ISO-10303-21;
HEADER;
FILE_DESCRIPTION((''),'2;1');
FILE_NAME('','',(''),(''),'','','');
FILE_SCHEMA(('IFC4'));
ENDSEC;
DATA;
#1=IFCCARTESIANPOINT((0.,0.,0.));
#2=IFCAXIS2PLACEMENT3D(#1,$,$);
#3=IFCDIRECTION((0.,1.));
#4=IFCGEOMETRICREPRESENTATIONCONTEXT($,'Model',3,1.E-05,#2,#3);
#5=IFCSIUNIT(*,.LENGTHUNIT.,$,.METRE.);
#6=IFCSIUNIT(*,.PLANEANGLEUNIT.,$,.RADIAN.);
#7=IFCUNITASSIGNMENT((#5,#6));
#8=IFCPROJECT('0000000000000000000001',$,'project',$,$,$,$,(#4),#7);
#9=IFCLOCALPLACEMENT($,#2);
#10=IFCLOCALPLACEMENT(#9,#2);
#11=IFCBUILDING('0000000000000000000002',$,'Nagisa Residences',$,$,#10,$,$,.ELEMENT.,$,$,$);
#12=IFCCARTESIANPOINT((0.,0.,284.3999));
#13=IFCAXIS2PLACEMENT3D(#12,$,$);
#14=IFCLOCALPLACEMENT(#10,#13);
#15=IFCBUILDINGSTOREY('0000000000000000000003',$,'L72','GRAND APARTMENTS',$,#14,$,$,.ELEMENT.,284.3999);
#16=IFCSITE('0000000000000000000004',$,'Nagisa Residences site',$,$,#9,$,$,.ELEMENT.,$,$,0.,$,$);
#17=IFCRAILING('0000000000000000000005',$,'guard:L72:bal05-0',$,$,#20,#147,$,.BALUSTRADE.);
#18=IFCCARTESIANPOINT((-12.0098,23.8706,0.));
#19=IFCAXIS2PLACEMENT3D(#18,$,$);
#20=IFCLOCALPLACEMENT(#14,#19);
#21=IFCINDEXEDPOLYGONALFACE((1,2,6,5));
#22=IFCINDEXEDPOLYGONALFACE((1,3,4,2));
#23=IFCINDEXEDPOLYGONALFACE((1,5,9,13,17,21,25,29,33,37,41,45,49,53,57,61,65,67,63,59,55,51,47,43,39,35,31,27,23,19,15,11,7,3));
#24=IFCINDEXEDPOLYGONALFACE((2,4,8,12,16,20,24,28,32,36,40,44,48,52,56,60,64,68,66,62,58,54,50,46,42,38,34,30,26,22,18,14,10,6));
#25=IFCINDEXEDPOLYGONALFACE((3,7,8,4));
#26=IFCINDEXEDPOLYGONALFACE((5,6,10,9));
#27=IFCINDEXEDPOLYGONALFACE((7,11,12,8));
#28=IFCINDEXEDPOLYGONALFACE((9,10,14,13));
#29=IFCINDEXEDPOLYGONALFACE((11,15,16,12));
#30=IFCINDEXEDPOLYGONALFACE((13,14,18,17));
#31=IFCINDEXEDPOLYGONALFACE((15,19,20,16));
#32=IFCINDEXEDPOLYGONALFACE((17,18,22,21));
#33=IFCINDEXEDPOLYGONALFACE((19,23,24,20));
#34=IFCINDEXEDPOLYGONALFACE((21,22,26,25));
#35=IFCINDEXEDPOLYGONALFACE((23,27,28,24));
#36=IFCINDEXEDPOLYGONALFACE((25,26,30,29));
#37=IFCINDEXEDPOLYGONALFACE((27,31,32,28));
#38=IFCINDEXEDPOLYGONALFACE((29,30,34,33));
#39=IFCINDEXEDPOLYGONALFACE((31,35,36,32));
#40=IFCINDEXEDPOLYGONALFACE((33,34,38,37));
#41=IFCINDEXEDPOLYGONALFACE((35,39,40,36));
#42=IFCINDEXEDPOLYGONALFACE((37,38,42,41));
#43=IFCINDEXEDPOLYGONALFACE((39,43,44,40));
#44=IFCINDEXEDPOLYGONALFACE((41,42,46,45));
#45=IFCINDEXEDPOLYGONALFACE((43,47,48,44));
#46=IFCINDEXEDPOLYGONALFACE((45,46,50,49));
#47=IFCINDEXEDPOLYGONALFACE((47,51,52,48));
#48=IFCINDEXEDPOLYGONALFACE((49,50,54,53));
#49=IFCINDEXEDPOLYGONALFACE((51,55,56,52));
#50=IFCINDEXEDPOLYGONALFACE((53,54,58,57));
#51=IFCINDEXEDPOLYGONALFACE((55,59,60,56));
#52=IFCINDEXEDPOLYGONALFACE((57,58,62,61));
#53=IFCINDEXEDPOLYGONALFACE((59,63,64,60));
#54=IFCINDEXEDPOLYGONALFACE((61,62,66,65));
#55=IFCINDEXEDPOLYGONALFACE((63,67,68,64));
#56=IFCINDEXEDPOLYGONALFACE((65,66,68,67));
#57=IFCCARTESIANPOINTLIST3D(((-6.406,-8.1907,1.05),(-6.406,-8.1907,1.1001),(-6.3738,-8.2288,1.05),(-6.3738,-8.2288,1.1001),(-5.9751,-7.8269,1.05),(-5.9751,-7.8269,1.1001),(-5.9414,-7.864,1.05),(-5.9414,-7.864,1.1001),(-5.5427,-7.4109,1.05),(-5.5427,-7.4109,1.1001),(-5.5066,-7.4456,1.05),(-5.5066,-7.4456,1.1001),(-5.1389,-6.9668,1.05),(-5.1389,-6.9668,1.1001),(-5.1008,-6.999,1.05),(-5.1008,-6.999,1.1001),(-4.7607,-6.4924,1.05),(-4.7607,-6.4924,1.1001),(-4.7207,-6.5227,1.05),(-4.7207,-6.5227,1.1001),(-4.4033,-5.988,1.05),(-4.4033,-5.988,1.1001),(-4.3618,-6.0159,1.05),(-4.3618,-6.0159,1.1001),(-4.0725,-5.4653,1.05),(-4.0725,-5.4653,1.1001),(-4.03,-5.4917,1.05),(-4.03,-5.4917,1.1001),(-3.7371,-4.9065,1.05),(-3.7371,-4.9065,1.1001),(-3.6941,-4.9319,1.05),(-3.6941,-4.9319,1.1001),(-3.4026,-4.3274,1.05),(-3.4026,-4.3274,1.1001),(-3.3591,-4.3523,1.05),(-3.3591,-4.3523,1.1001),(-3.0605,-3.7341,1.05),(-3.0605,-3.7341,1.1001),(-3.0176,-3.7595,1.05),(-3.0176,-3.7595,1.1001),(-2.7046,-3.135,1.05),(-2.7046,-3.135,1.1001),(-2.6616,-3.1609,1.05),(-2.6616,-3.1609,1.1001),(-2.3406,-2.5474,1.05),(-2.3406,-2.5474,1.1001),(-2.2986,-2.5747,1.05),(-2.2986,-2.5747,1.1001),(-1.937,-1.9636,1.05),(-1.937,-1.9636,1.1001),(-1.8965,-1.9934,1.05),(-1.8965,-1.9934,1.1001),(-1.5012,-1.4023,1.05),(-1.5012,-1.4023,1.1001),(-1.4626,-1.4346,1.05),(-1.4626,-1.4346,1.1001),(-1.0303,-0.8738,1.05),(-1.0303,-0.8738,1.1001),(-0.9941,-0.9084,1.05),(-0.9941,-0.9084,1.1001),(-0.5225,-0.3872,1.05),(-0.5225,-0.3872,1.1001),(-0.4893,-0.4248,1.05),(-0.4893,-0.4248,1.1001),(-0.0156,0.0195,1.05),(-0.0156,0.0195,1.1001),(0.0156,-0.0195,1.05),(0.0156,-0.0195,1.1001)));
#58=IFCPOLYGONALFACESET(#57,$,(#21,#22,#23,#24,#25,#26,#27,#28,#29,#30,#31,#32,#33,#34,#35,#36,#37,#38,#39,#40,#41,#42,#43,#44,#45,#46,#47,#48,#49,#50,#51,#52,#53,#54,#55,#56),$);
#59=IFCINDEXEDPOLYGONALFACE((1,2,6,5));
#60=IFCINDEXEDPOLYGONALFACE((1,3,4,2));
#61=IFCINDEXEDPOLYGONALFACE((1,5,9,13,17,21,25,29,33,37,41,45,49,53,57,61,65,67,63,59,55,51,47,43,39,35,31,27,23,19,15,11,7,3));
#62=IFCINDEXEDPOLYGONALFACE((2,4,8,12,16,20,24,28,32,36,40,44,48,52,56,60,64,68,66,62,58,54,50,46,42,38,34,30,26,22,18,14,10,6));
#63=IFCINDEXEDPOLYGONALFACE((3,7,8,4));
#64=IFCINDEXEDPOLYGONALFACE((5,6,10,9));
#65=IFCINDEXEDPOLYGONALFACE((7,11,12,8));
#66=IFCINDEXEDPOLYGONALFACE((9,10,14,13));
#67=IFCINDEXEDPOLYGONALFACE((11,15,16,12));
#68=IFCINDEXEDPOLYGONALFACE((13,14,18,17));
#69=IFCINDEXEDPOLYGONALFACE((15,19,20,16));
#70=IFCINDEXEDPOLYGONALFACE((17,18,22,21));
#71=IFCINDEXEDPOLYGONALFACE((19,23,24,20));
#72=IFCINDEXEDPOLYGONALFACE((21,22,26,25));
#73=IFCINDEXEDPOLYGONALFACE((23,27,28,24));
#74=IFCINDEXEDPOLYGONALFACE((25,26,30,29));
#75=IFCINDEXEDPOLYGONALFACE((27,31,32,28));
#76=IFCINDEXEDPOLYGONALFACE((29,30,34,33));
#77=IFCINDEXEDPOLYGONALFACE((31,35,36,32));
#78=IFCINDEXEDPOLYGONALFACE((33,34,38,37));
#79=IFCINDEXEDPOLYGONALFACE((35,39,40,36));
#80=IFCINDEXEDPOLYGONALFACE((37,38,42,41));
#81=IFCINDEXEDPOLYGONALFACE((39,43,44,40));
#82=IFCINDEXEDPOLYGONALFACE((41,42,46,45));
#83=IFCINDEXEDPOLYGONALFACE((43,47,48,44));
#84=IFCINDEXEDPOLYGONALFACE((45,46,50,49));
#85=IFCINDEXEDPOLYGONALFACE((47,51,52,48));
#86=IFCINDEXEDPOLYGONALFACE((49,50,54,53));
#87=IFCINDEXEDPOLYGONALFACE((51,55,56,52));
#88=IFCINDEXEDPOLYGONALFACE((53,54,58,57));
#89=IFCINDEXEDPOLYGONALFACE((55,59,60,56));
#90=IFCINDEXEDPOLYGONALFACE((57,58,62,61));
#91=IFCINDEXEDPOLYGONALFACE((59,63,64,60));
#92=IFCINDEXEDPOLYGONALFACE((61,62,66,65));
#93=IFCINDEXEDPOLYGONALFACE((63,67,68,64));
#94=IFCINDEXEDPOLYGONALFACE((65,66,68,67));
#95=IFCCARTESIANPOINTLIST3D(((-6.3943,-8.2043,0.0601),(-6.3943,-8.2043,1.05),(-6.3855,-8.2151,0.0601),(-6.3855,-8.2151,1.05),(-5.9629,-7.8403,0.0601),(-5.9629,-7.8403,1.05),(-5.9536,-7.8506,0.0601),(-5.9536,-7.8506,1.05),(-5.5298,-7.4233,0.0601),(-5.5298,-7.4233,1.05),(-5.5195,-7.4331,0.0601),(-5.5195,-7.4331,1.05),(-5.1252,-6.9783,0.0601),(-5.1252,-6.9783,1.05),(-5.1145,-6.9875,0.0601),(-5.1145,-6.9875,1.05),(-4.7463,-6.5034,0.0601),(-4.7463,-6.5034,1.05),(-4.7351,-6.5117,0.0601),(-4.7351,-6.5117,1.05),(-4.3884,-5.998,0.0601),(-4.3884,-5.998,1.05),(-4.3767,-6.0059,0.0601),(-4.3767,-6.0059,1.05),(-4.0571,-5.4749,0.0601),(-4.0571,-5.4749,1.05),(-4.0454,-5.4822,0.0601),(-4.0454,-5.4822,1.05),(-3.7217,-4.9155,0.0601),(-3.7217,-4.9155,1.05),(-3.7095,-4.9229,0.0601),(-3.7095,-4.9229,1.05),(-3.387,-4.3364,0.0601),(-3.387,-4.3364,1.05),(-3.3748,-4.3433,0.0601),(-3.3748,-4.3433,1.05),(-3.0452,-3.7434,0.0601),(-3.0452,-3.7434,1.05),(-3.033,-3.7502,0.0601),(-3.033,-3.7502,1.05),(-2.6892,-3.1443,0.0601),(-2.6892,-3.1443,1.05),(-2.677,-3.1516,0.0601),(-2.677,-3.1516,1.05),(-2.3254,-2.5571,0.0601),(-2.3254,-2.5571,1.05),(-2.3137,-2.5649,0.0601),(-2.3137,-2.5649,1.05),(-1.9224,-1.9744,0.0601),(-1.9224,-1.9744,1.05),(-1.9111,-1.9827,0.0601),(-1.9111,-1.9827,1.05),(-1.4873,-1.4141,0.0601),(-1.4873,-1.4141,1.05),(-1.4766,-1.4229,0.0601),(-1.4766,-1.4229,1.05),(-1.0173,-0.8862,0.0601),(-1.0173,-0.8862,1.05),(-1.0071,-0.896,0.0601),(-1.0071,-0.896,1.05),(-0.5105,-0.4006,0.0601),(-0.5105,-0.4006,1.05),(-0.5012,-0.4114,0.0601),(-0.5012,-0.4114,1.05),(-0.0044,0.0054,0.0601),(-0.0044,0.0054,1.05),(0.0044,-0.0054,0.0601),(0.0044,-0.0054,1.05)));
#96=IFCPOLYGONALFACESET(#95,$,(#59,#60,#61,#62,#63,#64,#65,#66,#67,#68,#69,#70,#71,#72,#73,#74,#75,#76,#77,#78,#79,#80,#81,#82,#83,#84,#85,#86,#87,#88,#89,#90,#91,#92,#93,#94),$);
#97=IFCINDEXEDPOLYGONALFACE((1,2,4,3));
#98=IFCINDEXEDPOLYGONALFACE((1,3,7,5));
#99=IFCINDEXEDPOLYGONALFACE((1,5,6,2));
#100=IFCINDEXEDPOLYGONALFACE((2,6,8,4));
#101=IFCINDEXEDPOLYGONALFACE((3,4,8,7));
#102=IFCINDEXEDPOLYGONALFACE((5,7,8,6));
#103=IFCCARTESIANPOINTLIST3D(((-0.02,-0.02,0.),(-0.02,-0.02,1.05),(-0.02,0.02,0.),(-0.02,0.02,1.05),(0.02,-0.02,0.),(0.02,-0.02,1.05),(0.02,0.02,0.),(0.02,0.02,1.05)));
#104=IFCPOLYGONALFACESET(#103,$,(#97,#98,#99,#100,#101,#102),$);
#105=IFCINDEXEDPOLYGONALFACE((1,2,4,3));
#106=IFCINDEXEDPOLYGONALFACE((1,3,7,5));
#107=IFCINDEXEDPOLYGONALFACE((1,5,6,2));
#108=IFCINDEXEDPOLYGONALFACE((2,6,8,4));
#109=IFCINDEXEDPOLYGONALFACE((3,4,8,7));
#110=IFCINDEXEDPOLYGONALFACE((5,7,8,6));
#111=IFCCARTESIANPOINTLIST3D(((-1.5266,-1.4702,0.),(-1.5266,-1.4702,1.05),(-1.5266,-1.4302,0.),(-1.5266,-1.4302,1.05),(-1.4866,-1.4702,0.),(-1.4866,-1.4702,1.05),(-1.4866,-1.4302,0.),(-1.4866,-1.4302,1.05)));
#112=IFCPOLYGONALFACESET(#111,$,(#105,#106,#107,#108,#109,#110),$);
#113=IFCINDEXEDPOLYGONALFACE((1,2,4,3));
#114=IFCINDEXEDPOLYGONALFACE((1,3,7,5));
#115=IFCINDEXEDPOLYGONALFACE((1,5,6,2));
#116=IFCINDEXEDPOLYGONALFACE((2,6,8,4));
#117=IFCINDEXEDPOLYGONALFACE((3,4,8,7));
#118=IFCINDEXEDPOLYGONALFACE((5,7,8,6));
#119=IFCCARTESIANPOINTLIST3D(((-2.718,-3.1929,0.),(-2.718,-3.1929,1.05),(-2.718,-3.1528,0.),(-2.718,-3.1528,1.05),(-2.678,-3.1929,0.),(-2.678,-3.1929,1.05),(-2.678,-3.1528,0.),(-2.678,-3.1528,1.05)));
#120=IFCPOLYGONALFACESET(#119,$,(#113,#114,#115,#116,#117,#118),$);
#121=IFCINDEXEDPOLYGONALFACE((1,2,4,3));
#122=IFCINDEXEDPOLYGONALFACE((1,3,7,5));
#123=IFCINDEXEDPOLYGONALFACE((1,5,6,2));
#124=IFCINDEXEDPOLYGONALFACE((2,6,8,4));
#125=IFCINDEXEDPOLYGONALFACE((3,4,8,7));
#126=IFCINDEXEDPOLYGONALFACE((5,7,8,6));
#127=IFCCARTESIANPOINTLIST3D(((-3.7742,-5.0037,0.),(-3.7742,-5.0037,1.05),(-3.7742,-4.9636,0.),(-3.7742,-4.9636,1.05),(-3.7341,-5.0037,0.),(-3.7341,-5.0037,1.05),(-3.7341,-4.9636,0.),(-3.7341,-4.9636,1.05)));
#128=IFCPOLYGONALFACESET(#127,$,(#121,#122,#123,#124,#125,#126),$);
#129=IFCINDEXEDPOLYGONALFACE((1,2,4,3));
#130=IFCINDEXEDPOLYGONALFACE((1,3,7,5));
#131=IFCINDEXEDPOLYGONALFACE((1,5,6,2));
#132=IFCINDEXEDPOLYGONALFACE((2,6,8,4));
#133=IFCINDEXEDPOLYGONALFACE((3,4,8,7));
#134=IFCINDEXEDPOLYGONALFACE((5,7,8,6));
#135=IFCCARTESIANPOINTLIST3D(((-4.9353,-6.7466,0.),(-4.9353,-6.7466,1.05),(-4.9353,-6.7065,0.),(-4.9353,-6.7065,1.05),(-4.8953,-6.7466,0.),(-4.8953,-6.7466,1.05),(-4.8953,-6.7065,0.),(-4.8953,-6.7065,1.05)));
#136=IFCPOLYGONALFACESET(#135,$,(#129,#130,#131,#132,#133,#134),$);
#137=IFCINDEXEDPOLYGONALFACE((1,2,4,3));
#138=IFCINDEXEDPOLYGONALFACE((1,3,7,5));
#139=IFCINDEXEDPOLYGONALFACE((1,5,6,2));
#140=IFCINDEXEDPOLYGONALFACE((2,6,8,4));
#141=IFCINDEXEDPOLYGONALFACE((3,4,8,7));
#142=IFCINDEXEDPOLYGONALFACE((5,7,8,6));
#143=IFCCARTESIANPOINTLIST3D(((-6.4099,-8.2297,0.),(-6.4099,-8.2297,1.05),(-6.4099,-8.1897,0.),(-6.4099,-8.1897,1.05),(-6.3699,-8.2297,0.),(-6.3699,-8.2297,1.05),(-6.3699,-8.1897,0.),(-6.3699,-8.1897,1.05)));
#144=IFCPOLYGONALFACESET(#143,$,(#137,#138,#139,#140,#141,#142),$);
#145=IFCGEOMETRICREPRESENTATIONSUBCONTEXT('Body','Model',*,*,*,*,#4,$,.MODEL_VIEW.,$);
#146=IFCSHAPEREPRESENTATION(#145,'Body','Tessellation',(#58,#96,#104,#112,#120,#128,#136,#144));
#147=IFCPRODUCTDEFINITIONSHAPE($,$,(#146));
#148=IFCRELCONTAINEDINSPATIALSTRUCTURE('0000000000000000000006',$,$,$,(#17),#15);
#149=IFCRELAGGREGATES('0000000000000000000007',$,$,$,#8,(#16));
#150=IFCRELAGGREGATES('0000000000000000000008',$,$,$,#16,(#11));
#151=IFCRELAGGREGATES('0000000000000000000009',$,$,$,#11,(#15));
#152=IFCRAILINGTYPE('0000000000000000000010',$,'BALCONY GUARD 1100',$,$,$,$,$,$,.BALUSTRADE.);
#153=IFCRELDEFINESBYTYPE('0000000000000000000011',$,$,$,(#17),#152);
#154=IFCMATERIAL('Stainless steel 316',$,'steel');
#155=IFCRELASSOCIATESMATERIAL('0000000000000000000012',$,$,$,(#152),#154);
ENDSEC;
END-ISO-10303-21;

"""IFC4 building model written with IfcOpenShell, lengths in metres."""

from ifc_helpers import new_model, si_unit, direction, frame, origin, origin_2d, place, context, subcontext, project, spatial, polyline, rectangle, outline, extrude, material, type_object, element, save


model = new_model("IFC4")

# Units and contexts
model_context = context("Model", 3, precision=1e-05, world=origin(), true_north=direction((0.0, 1.0)))
body_context = subcontext(model_context, "Body", "Model", "MODEL_VIEW")
ifc_project = project(units=[si_unit("LENGTHUNIT", "METRE"), si_unit("PLANEANGLEUNIT", "RADIAN")], contexts=[model_context])

# Site, building, storey
site_placement = place(None, origin())
site = spatial("IfcSite", under=ifc_project, at=site_placement, Name="Nagisa Residences site", CompositionType="ELEMENT", RefElevation=0.0)
building_placement = place(site_placement, origin())
building = spatial("IfcBuilding", under=site, at=building_placement, Name="Nagisa Residences", CompositionType="ELEMENT")
storey_placement = place(building_placement, frame((0.0, 0.0, 284.3999)))
storey = spatial("IfcBuildingStorey", under=building, at=storey_placement, Name="L72", Description="GRAND APARTMENTS", CompositionType="ELEMENT", Elevation=284.3999)

# Railing
ifc_material_1 = material(Name="Stainless steel 316", Category="steel")
railing_type = type_object("IfcRailingType", Name="BALCONY GUARD 1100", PredefinedType="BALUSTRADE", material=ifc_material_1)
railing_1_placement = place(storey_placement, frame((-12.0098, 23.8706, 0.0)))
element("IfcRailing", 1, at=railing_1_placement, inside=storey, type_object=railing_type, Name="guard:L72:bal05-0", PredefinedType="BALUSTRADE", context=body_context, shape_type="SweptSolid", body=[
    extrude(outline(polyline([(-0.4893, -0.4248), (0.0156, -0.0195), (-0.0156, 0.0195), (-0.5225, -0.3872), (-1.0303, -0.8738), (-1.5012, -1.4023), (-1.937, -1.9636), (-2.3406, -2.5474), (-2.7046, -3.135), (-3.0605, -3.7341), (-3.4026, -4.3274), (-3.7371, -4.9065), (-4.0725, -5.4653), (-4.4033, -5.988), (-4.7607, -6.4924), (-5.1389, -6.9668), (-5.5427, -7.4109), (-5.9751, -7.8269), (-6.406, -8.1907), (-6.3738, -8.2288), (-5.9414, -7.864), (-5.5066, -7.4456), (-5.1008, -6.999), (-4.7207, -6.5227), (-4.3618, -6.0159), (-4.03, -5.4917), (-3.6941, -4.9319), (-3.3591, -4.3523), (-3.0176, -3.7595), (-2.6616, -3.1609), (-2.2986, -2.5747), (-1.8965, -1.9934), (-1.4626, -1.4346), (-0.9941, -0.9084), (-0.4893, -0.4248)])), frame((0.0, 0.0, 1.05)), (0.0, 0.0, 1.0), 0.05),
    extrude(outline(polyline([(-0.5012, -0.4114), (0.0044, -0.0054), (-0.0044, 0.0054), (-0.5105, -0.4006), (-1.0173, -0.8862), (-1.4873, -1.4141), (-1.9224, -1.9744), (-2.3254, -2.5571), (-2.6892, -3.1443), (-3.0452, -3.7434), (-3.387, -4.3364), (-3.7217, -4.9155), (-4.0571, -5.4749), (-4.3884, -5.998), (-4.7463, -6.5034), (-5.1252, -6.9783), (-5.5298, -7.4233), (-5.9629, -7.8403), (-6.3943, -8.2043), (-6.3855, -8.2151), (-5.9536, -7.8506), (-5.5195, -7.4331), (-5.1145, -6.9875), (-4.7351, -6.5117), (-4.3767, -6.0059), (-4.0454, -5.4822), (-3.7095, -4.9229), (-3.3748, -4.3433), (-3.033, -3.7502), (-2.677, -3.1516), (-2.3137, -2.5649), (-1.9111, -1.9827), (-1.4766, -1.4229), (-1.0071, -0.896), (-0.5012, -0.4114)])), frame((0.0, 0.0, 0.0601)), (0.0, 0.0, 1.0), 0.99),
    extrude(rectangle(XDim=0.04, YDim=0.04, at=origin_2d()), origin(), (0.0, 0.0, 1.0), 1.05),
    extrude(rectangle(XDim=0.04, YDim=0.04, at=origin_2d()), frame((-1.5066, -1.4502, 0.0)), (0.0, 0.0, 1.0), 1.05),
    extrude(rectangle(XDim=0.04, YDim=0.04, at=origin_2d()), frame((-2.698, -3.1729, 0.0)), (0.0, 0.0, 1.0), 1.05),
    extrude(rectangle(XDim=0.04, YDim=0.04, at=origin_2d()), frame((-3.7542, -4.9836, 0.0)), (0.0, 0.0, 1.0), 1.05),
    extrude(rectangle(XDim=0.04, YDim=0.04, at=origin_2d()), frame((-4.9153, -6.7266, 0.0)), (0.0, 0.0, 1.0), 1.05),
    extrude(rectangle(XDim=0.04, YDim=0.04, at=origin_2d()), frame((-6.3899, -8.2097, 0.0)), (0.0, 0.0, 1.0), 1.05),
])

save(model, "model.ifc")
